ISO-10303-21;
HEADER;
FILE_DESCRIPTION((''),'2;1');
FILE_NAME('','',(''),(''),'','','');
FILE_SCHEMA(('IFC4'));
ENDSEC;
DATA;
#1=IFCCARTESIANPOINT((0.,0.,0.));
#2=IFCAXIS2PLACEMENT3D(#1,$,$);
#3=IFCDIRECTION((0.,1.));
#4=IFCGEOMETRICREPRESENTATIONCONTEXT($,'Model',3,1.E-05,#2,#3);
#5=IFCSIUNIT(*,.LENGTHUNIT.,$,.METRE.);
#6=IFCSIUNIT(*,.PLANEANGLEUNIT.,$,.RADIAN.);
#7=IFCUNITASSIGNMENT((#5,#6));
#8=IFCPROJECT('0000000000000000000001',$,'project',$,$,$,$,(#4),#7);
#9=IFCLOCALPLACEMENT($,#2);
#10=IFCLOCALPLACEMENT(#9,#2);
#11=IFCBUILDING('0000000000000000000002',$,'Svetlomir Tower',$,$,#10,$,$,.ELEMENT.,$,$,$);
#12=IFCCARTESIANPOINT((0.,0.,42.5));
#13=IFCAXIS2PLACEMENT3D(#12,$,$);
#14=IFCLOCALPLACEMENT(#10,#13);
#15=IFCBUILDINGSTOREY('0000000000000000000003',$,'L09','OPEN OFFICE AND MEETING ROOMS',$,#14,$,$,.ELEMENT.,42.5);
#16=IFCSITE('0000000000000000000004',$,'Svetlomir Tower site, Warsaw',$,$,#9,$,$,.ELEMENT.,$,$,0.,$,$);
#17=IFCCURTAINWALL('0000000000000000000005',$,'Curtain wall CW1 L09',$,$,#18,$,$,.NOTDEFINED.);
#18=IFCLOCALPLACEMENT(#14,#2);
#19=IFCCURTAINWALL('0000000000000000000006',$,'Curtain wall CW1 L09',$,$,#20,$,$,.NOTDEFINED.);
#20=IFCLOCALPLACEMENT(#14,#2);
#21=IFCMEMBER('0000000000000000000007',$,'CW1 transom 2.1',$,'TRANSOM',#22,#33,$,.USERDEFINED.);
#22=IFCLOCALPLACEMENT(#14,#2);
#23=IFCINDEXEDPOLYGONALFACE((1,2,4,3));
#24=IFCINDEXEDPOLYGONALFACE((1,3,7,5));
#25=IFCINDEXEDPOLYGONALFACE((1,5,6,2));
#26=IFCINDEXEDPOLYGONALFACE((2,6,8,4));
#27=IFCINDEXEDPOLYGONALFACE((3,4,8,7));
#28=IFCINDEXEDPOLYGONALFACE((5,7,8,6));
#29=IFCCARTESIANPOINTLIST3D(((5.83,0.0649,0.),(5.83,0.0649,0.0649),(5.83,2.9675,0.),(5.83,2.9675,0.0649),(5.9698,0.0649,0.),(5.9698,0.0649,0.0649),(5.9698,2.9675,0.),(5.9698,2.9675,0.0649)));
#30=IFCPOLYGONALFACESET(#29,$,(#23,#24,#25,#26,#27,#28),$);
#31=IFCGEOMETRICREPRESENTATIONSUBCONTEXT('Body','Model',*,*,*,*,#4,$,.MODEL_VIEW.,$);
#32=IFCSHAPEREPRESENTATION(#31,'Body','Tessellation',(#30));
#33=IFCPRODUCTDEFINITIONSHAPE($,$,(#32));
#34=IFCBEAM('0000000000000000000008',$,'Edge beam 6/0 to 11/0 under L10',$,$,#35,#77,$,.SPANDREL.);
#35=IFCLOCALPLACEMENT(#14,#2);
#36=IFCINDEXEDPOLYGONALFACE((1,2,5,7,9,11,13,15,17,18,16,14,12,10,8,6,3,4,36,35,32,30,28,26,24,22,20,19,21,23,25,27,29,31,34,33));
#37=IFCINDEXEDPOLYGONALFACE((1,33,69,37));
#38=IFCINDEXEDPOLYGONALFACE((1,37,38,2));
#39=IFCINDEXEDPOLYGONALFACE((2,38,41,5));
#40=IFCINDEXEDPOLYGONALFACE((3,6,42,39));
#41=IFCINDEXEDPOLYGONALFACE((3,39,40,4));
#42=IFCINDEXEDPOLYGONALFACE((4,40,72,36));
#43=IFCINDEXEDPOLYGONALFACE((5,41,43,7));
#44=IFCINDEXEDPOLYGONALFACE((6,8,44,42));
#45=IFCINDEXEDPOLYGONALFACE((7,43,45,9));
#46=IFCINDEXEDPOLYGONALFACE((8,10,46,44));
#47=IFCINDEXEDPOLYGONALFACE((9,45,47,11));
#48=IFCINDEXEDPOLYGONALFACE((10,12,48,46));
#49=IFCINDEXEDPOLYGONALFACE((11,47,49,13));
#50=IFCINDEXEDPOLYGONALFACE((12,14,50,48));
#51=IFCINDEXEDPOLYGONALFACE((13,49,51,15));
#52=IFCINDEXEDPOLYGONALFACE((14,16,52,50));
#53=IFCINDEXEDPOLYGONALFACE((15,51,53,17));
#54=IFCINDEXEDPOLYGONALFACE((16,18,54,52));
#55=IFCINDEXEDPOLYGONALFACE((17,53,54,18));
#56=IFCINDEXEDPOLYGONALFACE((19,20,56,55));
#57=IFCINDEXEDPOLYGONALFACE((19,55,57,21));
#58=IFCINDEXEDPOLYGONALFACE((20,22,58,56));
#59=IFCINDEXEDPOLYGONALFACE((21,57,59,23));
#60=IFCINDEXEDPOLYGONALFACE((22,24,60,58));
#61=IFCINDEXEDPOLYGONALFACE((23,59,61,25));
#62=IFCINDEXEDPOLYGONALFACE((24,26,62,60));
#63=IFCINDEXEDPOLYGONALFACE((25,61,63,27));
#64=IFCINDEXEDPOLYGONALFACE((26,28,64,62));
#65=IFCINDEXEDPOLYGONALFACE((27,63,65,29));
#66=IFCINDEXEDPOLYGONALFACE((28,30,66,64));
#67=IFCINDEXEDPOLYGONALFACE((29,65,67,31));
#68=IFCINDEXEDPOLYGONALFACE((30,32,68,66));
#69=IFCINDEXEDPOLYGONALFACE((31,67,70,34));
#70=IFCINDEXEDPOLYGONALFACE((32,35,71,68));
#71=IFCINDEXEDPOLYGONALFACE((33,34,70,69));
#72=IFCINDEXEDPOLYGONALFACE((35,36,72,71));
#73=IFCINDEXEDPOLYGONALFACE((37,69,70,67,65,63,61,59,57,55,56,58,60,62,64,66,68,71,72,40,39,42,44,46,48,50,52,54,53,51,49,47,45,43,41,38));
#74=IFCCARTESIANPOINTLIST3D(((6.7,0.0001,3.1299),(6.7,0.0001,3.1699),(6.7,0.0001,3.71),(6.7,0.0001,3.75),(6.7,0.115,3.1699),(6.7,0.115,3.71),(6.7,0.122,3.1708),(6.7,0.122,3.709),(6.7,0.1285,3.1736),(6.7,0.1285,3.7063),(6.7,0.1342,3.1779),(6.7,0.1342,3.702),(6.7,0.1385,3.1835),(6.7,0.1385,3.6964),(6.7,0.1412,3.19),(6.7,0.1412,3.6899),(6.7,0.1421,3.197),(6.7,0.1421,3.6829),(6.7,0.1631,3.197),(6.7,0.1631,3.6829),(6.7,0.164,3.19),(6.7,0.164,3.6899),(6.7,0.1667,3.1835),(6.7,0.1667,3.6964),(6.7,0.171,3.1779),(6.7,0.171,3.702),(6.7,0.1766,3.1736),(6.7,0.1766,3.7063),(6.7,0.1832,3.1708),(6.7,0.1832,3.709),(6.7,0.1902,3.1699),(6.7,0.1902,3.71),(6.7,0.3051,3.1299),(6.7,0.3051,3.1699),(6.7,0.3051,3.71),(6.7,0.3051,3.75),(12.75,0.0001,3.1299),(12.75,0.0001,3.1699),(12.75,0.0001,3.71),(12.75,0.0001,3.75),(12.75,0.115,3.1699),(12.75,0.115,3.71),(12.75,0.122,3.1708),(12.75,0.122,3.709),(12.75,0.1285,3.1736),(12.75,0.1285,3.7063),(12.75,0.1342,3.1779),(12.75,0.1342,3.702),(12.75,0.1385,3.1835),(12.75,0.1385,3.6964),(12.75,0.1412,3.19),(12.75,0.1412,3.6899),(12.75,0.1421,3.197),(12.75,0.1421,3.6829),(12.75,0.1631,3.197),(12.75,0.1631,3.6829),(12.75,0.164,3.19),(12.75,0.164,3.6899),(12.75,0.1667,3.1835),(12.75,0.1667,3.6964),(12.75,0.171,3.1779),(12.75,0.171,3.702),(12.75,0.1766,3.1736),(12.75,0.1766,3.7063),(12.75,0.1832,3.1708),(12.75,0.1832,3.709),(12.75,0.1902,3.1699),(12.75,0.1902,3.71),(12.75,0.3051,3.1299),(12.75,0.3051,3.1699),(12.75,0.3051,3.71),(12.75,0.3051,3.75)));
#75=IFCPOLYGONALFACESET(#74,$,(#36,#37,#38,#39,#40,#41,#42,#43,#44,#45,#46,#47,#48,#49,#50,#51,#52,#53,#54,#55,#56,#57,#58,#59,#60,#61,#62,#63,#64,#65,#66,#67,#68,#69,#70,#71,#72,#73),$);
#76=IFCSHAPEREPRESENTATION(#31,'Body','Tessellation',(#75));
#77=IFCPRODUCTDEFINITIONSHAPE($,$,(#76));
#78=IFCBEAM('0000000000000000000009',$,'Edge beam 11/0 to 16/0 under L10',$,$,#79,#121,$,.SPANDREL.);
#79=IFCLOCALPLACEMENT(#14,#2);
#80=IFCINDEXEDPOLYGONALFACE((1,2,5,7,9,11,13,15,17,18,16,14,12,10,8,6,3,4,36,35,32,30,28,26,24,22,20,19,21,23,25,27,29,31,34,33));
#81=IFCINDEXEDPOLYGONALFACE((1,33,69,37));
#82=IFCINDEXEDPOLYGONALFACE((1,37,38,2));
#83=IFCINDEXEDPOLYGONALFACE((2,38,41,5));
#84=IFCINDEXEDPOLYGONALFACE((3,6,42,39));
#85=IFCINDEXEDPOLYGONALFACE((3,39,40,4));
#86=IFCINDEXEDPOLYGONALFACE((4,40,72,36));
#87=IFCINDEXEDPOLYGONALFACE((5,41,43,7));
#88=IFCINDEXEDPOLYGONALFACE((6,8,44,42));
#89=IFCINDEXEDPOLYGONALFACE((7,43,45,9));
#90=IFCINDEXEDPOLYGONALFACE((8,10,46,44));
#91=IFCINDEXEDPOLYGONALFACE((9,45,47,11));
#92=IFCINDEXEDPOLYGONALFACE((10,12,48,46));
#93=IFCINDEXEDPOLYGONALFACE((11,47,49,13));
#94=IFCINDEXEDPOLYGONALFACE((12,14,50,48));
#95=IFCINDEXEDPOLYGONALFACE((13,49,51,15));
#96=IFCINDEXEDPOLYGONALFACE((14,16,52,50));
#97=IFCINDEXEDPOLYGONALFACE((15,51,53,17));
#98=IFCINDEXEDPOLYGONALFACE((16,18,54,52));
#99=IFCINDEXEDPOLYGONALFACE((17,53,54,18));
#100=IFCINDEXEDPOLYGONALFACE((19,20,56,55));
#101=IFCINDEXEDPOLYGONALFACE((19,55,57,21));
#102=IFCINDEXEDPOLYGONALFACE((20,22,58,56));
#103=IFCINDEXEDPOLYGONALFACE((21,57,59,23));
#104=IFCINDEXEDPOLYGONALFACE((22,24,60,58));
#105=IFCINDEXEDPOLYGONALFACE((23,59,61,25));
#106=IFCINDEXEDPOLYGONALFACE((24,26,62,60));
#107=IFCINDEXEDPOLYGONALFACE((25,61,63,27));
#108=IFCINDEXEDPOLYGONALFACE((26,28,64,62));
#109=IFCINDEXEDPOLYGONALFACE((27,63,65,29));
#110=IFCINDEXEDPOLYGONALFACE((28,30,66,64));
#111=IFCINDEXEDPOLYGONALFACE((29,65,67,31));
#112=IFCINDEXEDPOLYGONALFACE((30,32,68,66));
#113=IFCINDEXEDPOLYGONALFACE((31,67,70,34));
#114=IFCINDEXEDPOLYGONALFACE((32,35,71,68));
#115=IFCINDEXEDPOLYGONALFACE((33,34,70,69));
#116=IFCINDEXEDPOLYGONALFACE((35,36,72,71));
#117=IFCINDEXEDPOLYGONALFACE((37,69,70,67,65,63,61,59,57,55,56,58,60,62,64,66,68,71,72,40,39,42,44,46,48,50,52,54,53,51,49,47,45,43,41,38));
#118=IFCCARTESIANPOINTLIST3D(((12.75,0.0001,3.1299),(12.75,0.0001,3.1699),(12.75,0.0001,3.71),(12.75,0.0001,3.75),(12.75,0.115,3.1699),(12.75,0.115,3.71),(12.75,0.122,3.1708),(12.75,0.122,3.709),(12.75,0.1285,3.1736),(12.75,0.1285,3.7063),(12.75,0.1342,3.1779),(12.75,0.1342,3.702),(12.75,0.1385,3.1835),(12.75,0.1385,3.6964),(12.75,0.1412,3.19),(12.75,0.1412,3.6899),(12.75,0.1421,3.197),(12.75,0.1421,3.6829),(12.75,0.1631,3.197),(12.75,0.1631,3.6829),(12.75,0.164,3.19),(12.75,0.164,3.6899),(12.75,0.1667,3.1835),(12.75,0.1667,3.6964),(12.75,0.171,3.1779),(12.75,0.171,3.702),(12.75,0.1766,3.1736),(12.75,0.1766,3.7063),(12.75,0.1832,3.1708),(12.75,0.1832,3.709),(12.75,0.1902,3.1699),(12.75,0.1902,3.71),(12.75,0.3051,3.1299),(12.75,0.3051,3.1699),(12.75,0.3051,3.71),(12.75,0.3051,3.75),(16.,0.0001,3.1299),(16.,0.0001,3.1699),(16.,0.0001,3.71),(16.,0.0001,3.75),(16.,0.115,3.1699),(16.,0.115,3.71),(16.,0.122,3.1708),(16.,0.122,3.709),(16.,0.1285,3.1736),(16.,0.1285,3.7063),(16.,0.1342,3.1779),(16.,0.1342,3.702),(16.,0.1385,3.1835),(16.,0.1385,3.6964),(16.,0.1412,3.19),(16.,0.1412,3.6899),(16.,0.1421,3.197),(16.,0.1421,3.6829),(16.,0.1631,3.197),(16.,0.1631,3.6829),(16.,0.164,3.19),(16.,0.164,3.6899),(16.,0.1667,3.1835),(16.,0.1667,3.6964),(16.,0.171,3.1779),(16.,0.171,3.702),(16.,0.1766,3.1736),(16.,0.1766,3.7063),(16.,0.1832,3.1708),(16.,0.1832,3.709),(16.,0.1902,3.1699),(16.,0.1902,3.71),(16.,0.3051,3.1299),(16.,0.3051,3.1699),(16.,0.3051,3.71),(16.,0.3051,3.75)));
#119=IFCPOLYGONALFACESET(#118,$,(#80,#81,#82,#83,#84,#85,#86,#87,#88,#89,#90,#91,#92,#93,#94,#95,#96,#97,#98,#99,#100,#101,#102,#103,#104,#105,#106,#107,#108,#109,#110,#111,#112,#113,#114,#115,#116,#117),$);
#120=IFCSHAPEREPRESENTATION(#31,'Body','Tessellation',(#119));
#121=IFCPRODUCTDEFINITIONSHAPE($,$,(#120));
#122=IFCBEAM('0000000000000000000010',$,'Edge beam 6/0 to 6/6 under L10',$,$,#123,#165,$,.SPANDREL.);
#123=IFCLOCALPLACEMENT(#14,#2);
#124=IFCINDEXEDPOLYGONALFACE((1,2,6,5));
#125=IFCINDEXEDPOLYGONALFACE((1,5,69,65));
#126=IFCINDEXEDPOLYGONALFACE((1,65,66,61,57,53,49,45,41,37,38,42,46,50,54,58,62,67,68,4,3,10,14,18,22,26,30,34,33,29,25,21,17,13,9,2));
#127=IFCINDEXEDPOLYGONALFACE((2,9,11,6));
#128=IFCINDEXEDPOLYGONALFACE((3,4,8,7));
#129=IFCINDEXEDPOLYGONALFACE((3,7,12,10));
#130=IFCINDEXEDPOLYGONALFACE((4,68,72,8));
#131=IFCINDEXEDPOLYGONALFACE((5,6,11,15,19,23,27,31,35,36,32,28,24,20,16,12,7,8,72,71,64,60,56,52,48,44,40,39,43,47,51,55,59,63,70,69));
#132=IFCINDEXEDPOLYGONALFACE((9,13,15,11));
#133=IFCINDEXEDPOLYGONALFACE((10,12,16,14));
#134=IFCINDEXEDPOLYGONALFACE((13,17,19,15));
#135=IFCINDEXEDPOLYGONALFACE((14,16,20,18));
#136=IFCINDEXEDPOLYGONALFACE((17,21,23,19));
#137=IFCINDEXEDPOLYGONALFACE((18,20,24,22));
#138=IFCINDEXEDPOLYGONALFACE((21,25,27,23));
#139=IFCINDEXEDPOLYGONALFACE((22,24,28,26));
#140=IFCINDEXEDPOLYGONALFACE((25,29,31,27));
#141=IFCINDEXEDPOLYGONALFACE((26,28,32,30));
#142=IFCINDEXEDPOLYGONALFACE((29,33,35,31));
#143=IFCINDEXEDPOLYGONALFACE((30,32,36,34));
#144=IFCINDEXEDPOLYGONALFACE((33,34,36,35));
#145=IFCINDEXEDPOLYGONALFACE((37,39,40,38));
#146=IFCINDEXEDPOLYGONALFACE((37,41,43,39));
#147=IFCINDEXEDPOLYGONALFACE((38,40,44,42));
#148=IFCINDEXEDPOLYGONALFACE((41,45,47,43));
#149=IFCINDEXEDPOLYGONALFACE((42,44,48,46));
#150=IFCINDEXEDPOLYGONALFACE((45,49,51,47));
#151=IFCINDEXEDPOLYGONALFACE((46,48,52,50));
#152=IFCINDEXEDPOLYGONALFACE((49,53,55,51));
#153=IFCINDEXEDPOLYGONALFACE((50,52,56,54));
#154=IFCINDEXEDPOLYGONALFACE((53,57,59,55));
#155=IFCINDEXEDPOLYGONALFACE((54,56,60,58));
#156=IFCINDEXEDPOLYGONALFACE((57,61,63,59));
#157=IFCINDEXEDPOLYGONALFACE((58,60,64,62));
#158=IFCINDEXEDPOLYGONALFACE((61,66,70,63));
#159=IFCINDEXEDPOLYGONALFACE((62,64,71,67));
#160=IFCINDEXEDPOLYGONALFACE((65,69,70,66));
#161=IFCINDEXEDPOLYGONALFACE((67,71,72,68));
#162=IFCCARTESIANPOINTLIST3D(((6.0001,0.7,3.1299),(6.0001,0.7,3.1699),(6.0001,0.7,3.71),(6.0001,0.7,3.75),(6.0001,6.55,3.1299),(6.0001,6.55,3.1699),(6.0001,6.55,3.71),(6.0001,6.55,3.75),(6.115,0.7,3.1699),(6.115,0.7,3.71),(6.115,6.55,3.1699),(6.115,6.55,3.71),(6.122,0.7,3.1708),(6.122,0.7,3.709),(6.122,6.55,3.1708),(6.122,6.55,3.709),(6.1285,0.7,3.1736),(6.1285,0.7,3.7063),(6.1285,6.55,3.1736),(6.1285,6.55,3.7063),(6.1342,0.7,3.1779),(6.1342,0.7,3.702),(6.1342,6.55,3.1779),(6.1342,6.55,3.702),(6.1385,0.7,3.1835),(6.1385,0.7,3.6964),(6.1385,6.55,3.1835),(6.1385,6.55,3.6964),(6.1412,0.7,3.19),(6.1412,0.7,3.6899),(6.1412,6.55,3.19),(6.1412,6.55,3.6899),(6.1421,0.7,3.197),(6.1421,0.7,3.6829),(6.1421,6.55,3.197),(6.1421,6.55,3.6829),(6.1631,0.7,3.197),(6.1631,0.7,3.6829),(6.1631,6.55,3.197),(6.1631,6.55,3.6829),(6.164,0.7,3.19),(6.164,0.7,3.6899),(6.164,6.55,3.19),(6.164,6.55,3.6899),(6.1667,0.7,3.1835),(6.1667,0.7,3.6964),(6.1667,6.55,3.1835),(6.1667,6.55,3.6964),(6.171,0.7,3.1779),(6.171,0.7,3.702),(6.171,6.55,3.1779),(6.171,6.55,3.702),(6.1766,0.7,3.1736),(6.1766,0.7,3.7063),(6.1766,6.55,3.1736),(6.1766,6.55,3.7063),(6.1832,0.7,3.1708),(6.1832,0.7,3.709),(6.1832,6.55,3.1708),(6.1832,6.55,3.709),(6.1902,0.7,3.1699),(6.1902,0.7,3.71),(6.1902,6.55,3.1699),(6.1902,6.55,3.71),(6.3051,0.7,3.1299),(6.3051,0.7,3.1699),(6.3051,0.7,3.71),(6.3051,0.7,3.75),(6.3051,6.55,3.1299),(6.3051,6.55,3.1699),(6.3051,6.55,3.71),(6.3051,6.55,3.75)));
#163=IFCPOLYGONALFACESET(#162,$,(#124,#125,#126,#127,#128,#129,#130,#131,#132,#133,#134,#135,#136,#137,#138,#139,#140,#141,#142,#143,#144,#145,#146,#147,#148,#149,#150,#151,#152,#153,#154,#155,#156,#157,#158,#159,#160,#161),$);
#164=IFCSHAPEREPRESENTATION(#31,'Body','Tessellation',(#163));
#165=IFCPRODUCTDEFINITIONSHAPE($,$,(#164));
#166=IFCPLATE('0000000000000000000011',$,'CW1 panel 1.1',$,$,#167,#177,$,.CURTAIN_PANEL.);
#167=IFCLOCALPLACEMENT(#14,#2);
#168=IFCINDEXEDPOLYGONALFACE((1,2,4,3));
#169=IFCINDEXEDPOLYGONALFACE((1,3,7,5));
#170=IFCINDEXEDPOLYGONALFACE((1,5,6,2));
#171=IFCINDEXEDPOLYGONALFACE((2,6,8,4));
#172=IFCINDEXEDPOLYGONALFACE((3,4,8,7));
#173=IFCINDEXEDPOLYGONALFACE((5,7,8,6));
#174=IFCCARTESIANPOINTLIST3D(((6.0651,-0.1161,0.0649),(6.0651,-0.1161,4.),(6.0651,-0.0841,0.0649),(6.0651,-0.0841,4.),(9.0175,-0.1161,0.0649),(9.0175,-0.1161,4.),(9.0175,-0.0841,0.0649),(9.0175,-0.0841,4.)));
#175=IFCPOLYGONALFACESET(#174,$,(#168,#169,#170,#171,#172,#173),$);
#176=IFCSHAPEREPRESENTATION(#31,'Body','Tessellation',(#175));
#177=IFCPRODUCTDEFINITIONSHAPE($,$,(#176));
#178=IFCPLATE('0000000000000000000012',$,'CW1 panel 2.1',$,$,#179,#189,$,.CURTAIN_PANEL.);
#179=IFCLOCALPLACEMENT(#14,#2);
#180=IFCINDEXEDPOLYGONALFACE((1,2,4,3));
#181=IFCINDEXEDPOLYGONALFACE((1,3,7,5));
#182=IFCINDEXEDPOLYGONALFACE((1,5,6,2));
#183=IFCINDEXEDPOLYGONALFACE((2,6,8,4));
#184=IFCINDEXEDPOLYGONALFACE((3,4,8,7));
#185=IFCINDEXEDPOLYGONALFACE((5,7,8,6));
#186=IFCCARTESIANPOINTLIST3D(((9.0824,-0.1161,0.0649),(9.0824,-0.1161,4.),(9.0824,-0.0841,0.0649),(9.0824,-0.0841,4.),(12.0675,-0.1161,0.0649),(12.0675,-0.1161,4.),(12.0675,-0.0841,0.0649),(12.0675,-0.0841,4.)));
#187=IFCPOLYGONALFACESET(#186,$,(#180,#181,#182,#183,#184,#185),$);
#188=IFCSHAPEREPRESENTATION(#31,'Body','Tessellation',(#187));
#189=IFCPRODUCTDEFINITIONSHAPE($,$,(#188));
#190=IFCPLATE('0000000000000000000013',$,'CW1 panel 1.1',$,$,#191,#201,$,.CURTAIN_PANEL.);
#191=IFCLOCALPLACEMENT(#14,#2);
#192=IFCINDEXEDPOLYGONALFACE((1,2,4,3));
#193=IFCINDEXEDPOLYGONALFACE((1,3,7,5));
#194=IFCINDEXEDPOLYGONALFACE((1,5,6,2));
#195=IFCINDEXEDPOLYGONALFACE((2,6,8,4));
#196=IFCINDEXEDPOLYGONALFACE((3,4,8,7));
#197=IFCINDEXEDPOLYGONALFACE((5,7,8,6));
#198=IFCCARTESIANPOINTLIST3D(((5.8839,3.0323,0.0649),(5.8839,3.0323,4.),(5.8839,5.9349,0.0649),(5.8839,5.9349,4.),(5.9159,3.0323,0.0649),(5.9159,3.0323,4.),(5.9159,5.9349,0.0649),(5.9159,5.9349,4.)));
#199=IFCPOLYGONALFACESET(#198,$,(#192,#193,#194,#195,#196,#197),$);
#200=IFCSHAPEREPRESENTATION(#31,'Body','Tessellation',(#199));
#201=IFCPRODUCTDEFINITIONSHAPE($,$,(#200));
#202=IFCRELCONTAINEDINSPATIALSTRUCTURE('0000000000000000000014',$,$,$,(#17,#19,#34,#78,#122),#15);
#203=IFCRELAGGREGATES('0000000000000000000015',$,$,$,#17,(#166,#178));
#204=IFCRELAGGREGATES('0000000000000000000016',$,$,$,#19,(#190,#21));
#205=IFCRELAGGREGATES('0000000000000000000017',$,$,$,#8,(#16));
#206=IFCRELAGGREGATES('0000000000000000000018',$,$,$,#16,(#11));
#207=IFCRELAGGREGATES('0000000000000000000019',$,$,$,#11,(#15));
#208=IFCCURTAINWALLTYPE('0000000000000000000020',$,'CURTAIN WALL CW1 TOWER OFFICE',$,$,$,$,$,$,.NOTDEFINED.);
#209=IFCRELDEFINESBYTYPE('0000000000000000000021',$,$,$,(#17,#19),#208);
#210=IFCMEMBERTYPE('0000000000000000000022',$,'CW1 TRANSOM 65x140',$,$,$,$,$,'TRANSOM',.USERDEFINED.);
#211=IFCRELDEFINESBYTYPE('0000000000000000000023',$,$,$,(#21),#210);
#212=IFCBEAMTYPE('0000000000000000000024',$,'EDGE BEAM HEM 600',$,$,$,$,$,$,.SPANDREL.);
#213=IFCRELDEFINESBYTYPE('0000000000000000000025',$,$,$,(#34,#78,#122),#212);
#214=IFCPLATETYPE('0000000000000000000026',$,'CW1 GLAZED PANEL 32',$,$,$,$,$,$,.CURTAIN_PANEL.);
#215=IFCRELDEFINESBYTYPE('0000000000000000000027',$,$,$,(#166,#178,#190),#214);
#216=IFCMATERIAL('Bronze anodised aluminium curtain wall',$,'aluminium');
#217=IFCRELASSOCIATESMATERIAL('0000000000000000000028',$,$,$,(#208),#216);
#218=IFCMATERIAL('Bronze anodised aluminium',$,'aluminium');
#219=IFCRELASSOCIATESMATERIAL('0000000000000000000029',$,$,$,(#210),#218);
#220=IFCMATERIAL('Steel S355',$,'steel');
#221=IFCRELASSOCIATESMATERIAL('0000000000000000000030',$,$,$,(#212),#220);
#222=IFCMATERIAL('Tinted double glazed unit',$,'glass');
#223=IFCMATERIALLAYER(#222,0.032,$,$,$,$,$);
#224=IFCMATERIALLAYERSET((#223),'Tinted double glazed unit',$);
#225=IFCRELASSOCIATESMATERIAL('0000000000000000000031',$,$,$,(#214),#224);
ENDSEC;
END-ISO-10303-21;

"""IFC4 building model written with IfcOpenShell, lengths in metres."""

from ifc_helpers import new_model, si_unit, direction, frame, origin, origin_2d, place, context, subcontext, project, spatial, rectangle, i_section, extrude, material, layer, layer_set, material_profile, profile_set, type_object, element, aggregate, save


model = new_model("IFC4")

# Units and contexts
model_context = context("Model", 3, precision=1e-05, world=origin(), true_north=direction((0.0, 1.0)))
body_context = subcontext(model_context, "Body", "Model", "MODEL_VIEW")
ifc_project = project(units=[si_unit("LENGTHUNIT", "METRE"), si_unit("PLANEANGLEUNIT", "RADIAN")], contexts=[model_context])

# Site, building, storey
site_placement = place(None, origin())
site = spatial("IfcSite", under=ifc_project, at=site_placement, Name="Svetlomir Tower site, Warsaw", CompositionType="ELEMENT", RefElevation=0.0)
building_placement = place(site_placement, origin())
building = spatial("IfcBuilding", under=site, at=building_placement, Name="Svetlomir Tower", CompositionType="ELEMENT")
storey_placement = place(building_placement, frame((0.0, 0.0, 42.5)))
storey = spatial("IfcBuildingStorey", under=building, at=storey_placement, Name="L09", Description="OPEN OFFICE AND MEETING ROOMS", CompositionType="ELEMENT", Elevation=42.5)

# Curtain walls
ifc_material_1 = material(Name="Bronze anodised aluminium curtain wall", Category="aluminium")
curtain_wall_type = type_object("IfcCurtainWallType", Name="CURTAIN WALL CW1 TOWER OFFICE", PredefinedType="NOTDEFINED", material=ifc_material_1)
curtain_wall_1_placement = place(storey_placement, origin())
curtain_wall_1 = element("IfcCurtainWall", 1, at=curtain_wall_1_placement, inside=storey, type_object=curtain_wall_type, Name="Curtain wall CW1 L09", PredefinedType="NOTDEFINED")
curtain_wall_2_placement = place(storey_placement, origin())
curtain_wall_2 = element("IfcCurtainWall", 2, at=curtain_wall_2_placement, inside=storey, type_object=curtain_wall_type, Name="Curtain wall CW1 L09", PredefinedType="NOTDEFINED")

# Member
ifc_material_2 = material(Name="Bronze anodised aluminium", Category="aluminium")
ifc_material_profile_1 = material_profile(ifc_material_2, rectangle(XDim=0.1399, YDim=0.0649, at=origin_2d()), Name="AL 140x65")
ifc_profile_set_1 = profile_set([ifc_material_profile_1], Name="Bronze anodised aluminium 6063-T6")
member_type_1 = type_object("IfcMemberType", Name="CW1 TRANSOM 65x140", ElementType="TRANSOM", PredefinedType="USERDEFINED", material=ifc_profile_set_1)
member_1_placement = place(storey_placement, frame((5.8999, 2.9675, 0.0325), z_axis=(0.0, -1.0, 0.0), x_axis=(1.0, 0.0, 0.0)))
member_1 = element("IfcMember", 3, at=member_1_placement, type_object=member_type_1, Name="CW1 transom 2.1", ObjectType="TRANSOM", PredefinedType="USERDEFINED", context=body_context, shape_type="SweptSolid", body=[
    extrude(rectangle(XDim=0.1399, YDim=0.0649, at=origin_2d()), origin(), (0.0, 0.0, 1.0), 2.9026),
])

# Beams
ifc_material_3 = material(Name="Steel S355", Category="steel")
ifc_material_profile_2 = material_profile(ifc_material_3, i_section(OverallWidth=0.3049, OverallDepth=0.6201, WebThickness=0.021, FlangeThickness=0.04, FilletRadius=0.0271, at=origin_2d()), Name="HEM 600")
ifc_profile_set_2 = profile_set([ifc_material_profile_2], Name="Steel S355")
beam_type = type_object("IfcBeamType", Name="EDGE BEAM HEM 600", PredefinedType="SPANDREL", material=ifc_profile_set_2)
beam_1_placement = place(storey_placement, frame((6.7, 0.1526, 3.4399), z_axis=(1.0, 0.0, 0.0), x_axis=(0.0, 1.0, 0.0)))
element("IfcBeam", 4, at=beam_1_placement, inside=storey, type_object=beam_type, Name="Edge beam 6/0 to 11/0 under L10", PredefinedType="SPANDREL", context=body_context, shape_type="SweptSolid", body=[
    extrude(i_section(OverallWidth=0.3049, OverallDepth=0.6201, WebThickness=0.021, FlangeThickness=0.04, FilletRadius=0.0271, at=origin_2d()), origin(), (0.0, 0.0, 1.0), 6.05),
])
beam_2_placement = place(storey_placement, frame((12.75, 0.1526, 3.4399), z_axis=(1.0, 0.0, 0.0), x_axis=(0.0, 1.0, 0.0)))
element("IfcBeam", 5, at=beam_2_placement, inside=storey, type_object=beam_type, Name="Edge beam 11/0 to 16/0 under L10", PredefinedType="SPANDREL", context=body_context, shape_type="SweptSolid", body=[
    extrude(i_section(OverallWidth=0.3049, OverallDepth=0.6201, WebThickness=0.021, FlangeThickness=0.04, FilletRadius=0.0271, at=origin_2d()), origin(), (0.0, 0.0, 1.0), 3.25),
])
beam_3_placement = place(storey_placement, frame((6.1526, 0.7, 3.4399), z_axis=(0.0, 1.0, 0.0), x_axis=(-1.0, 0.0, 0.0)))
element("IfcBeam", 6, at=beam_3_placement, inside=storey, type_object=beam_type, Name="Edge beam 6/0 to 6/6 under L10", PredefinedType="SPANDREL", context=body_context, shape_type="SweptSolid", body=[
    extrude(i_section(OverallWidth=0.3049, OverallDepth=0.6201, WebThickness=0.021, FlangeThickness=0.04, FilletRadius=0.0271, at=origin_2d()), origin(), (0.0, 0.0, 1.0), 5.8501),
])

# Plates
ifc_material_4 = material(Name="Tinted double glazed unit", Category="glass")
ifc_layer_1 = layer(ifc_material_4, 0.032)
ifc_layer_set_1 = layer_set([ifc_layer_1], Name="Tinted double glazed unit")
plate_type = type_object("IfcPlateType", Name="CW1 GLAZED PANEL 32", PredefinedType="CURTAIN_PANEL", material=ifc_layer_set_1)
plate_1_placement = place(storey_placement, frame((7.5413, -0.1001, 0.0649), z_axis=(0.0, 0.0, 1.0), x_axis=(1.0, 0.0, 0.0)))
plate_1 = element("IfcPlate", 7, at=plate_1_placement, type_object=plate_type, Name="CW1 panel 1.1", PredefinedType="CURTAIN_PANEL", context=body_context, shape_type="SweptSolid", body=[
    extrude(rectangle(XDim=2.9524, YDim=0.032, at=origin_2d()), origin(), (0.0, 0.0, 1.0), 3.9351),
])
plate_2_placement = place(storey_placement, frame((10.575, -0.1001, 0.0649), z_axis=(0.0, 0.0, 1.0), x_axis=(1.0, 0.0, 0.0)))
plate_2 = element("IfcPlate", 8, at=plate_2_placement, type_object=plate_type, Name="CW1 panel 2.1", PredefinedType="CURTAIN_PANEL", context=body_context, shape_type="SweptSolid", body=[
    extrude(rectangle(XDim=2.9851, YDim=0.032, at=origin_2d()), origin(), (0.0, 0.0, 1.0), 3.9351),
])
aggregate(curtain_wall_1, [plate_1, plate_2])
plate_3_placement = place(storey_placement, frame((5.8999, 4.4836, 0.0649), z_axis=(0.0, 0.0, 1.0), x_axis=(0.0, -1.0, 0.0)))
plate_3 = element("IfcPlate", 9, at=plate_3_placement, type_object=plate_type, Name="CW1 panel 1.1", PredefinedType="CURTAIN_PANEL", context=body_context, shape_type="SweptSolid", body=[
    extrude(rectangle(XDim=2.9026, YDim=0.032, at=origin_2d()), origin(), (0.0, 0.0, 1.0), 3.9351),
])
aggregate(curtain_wall_2, [plate_3, member_1])

save(model, "model.ifc")
